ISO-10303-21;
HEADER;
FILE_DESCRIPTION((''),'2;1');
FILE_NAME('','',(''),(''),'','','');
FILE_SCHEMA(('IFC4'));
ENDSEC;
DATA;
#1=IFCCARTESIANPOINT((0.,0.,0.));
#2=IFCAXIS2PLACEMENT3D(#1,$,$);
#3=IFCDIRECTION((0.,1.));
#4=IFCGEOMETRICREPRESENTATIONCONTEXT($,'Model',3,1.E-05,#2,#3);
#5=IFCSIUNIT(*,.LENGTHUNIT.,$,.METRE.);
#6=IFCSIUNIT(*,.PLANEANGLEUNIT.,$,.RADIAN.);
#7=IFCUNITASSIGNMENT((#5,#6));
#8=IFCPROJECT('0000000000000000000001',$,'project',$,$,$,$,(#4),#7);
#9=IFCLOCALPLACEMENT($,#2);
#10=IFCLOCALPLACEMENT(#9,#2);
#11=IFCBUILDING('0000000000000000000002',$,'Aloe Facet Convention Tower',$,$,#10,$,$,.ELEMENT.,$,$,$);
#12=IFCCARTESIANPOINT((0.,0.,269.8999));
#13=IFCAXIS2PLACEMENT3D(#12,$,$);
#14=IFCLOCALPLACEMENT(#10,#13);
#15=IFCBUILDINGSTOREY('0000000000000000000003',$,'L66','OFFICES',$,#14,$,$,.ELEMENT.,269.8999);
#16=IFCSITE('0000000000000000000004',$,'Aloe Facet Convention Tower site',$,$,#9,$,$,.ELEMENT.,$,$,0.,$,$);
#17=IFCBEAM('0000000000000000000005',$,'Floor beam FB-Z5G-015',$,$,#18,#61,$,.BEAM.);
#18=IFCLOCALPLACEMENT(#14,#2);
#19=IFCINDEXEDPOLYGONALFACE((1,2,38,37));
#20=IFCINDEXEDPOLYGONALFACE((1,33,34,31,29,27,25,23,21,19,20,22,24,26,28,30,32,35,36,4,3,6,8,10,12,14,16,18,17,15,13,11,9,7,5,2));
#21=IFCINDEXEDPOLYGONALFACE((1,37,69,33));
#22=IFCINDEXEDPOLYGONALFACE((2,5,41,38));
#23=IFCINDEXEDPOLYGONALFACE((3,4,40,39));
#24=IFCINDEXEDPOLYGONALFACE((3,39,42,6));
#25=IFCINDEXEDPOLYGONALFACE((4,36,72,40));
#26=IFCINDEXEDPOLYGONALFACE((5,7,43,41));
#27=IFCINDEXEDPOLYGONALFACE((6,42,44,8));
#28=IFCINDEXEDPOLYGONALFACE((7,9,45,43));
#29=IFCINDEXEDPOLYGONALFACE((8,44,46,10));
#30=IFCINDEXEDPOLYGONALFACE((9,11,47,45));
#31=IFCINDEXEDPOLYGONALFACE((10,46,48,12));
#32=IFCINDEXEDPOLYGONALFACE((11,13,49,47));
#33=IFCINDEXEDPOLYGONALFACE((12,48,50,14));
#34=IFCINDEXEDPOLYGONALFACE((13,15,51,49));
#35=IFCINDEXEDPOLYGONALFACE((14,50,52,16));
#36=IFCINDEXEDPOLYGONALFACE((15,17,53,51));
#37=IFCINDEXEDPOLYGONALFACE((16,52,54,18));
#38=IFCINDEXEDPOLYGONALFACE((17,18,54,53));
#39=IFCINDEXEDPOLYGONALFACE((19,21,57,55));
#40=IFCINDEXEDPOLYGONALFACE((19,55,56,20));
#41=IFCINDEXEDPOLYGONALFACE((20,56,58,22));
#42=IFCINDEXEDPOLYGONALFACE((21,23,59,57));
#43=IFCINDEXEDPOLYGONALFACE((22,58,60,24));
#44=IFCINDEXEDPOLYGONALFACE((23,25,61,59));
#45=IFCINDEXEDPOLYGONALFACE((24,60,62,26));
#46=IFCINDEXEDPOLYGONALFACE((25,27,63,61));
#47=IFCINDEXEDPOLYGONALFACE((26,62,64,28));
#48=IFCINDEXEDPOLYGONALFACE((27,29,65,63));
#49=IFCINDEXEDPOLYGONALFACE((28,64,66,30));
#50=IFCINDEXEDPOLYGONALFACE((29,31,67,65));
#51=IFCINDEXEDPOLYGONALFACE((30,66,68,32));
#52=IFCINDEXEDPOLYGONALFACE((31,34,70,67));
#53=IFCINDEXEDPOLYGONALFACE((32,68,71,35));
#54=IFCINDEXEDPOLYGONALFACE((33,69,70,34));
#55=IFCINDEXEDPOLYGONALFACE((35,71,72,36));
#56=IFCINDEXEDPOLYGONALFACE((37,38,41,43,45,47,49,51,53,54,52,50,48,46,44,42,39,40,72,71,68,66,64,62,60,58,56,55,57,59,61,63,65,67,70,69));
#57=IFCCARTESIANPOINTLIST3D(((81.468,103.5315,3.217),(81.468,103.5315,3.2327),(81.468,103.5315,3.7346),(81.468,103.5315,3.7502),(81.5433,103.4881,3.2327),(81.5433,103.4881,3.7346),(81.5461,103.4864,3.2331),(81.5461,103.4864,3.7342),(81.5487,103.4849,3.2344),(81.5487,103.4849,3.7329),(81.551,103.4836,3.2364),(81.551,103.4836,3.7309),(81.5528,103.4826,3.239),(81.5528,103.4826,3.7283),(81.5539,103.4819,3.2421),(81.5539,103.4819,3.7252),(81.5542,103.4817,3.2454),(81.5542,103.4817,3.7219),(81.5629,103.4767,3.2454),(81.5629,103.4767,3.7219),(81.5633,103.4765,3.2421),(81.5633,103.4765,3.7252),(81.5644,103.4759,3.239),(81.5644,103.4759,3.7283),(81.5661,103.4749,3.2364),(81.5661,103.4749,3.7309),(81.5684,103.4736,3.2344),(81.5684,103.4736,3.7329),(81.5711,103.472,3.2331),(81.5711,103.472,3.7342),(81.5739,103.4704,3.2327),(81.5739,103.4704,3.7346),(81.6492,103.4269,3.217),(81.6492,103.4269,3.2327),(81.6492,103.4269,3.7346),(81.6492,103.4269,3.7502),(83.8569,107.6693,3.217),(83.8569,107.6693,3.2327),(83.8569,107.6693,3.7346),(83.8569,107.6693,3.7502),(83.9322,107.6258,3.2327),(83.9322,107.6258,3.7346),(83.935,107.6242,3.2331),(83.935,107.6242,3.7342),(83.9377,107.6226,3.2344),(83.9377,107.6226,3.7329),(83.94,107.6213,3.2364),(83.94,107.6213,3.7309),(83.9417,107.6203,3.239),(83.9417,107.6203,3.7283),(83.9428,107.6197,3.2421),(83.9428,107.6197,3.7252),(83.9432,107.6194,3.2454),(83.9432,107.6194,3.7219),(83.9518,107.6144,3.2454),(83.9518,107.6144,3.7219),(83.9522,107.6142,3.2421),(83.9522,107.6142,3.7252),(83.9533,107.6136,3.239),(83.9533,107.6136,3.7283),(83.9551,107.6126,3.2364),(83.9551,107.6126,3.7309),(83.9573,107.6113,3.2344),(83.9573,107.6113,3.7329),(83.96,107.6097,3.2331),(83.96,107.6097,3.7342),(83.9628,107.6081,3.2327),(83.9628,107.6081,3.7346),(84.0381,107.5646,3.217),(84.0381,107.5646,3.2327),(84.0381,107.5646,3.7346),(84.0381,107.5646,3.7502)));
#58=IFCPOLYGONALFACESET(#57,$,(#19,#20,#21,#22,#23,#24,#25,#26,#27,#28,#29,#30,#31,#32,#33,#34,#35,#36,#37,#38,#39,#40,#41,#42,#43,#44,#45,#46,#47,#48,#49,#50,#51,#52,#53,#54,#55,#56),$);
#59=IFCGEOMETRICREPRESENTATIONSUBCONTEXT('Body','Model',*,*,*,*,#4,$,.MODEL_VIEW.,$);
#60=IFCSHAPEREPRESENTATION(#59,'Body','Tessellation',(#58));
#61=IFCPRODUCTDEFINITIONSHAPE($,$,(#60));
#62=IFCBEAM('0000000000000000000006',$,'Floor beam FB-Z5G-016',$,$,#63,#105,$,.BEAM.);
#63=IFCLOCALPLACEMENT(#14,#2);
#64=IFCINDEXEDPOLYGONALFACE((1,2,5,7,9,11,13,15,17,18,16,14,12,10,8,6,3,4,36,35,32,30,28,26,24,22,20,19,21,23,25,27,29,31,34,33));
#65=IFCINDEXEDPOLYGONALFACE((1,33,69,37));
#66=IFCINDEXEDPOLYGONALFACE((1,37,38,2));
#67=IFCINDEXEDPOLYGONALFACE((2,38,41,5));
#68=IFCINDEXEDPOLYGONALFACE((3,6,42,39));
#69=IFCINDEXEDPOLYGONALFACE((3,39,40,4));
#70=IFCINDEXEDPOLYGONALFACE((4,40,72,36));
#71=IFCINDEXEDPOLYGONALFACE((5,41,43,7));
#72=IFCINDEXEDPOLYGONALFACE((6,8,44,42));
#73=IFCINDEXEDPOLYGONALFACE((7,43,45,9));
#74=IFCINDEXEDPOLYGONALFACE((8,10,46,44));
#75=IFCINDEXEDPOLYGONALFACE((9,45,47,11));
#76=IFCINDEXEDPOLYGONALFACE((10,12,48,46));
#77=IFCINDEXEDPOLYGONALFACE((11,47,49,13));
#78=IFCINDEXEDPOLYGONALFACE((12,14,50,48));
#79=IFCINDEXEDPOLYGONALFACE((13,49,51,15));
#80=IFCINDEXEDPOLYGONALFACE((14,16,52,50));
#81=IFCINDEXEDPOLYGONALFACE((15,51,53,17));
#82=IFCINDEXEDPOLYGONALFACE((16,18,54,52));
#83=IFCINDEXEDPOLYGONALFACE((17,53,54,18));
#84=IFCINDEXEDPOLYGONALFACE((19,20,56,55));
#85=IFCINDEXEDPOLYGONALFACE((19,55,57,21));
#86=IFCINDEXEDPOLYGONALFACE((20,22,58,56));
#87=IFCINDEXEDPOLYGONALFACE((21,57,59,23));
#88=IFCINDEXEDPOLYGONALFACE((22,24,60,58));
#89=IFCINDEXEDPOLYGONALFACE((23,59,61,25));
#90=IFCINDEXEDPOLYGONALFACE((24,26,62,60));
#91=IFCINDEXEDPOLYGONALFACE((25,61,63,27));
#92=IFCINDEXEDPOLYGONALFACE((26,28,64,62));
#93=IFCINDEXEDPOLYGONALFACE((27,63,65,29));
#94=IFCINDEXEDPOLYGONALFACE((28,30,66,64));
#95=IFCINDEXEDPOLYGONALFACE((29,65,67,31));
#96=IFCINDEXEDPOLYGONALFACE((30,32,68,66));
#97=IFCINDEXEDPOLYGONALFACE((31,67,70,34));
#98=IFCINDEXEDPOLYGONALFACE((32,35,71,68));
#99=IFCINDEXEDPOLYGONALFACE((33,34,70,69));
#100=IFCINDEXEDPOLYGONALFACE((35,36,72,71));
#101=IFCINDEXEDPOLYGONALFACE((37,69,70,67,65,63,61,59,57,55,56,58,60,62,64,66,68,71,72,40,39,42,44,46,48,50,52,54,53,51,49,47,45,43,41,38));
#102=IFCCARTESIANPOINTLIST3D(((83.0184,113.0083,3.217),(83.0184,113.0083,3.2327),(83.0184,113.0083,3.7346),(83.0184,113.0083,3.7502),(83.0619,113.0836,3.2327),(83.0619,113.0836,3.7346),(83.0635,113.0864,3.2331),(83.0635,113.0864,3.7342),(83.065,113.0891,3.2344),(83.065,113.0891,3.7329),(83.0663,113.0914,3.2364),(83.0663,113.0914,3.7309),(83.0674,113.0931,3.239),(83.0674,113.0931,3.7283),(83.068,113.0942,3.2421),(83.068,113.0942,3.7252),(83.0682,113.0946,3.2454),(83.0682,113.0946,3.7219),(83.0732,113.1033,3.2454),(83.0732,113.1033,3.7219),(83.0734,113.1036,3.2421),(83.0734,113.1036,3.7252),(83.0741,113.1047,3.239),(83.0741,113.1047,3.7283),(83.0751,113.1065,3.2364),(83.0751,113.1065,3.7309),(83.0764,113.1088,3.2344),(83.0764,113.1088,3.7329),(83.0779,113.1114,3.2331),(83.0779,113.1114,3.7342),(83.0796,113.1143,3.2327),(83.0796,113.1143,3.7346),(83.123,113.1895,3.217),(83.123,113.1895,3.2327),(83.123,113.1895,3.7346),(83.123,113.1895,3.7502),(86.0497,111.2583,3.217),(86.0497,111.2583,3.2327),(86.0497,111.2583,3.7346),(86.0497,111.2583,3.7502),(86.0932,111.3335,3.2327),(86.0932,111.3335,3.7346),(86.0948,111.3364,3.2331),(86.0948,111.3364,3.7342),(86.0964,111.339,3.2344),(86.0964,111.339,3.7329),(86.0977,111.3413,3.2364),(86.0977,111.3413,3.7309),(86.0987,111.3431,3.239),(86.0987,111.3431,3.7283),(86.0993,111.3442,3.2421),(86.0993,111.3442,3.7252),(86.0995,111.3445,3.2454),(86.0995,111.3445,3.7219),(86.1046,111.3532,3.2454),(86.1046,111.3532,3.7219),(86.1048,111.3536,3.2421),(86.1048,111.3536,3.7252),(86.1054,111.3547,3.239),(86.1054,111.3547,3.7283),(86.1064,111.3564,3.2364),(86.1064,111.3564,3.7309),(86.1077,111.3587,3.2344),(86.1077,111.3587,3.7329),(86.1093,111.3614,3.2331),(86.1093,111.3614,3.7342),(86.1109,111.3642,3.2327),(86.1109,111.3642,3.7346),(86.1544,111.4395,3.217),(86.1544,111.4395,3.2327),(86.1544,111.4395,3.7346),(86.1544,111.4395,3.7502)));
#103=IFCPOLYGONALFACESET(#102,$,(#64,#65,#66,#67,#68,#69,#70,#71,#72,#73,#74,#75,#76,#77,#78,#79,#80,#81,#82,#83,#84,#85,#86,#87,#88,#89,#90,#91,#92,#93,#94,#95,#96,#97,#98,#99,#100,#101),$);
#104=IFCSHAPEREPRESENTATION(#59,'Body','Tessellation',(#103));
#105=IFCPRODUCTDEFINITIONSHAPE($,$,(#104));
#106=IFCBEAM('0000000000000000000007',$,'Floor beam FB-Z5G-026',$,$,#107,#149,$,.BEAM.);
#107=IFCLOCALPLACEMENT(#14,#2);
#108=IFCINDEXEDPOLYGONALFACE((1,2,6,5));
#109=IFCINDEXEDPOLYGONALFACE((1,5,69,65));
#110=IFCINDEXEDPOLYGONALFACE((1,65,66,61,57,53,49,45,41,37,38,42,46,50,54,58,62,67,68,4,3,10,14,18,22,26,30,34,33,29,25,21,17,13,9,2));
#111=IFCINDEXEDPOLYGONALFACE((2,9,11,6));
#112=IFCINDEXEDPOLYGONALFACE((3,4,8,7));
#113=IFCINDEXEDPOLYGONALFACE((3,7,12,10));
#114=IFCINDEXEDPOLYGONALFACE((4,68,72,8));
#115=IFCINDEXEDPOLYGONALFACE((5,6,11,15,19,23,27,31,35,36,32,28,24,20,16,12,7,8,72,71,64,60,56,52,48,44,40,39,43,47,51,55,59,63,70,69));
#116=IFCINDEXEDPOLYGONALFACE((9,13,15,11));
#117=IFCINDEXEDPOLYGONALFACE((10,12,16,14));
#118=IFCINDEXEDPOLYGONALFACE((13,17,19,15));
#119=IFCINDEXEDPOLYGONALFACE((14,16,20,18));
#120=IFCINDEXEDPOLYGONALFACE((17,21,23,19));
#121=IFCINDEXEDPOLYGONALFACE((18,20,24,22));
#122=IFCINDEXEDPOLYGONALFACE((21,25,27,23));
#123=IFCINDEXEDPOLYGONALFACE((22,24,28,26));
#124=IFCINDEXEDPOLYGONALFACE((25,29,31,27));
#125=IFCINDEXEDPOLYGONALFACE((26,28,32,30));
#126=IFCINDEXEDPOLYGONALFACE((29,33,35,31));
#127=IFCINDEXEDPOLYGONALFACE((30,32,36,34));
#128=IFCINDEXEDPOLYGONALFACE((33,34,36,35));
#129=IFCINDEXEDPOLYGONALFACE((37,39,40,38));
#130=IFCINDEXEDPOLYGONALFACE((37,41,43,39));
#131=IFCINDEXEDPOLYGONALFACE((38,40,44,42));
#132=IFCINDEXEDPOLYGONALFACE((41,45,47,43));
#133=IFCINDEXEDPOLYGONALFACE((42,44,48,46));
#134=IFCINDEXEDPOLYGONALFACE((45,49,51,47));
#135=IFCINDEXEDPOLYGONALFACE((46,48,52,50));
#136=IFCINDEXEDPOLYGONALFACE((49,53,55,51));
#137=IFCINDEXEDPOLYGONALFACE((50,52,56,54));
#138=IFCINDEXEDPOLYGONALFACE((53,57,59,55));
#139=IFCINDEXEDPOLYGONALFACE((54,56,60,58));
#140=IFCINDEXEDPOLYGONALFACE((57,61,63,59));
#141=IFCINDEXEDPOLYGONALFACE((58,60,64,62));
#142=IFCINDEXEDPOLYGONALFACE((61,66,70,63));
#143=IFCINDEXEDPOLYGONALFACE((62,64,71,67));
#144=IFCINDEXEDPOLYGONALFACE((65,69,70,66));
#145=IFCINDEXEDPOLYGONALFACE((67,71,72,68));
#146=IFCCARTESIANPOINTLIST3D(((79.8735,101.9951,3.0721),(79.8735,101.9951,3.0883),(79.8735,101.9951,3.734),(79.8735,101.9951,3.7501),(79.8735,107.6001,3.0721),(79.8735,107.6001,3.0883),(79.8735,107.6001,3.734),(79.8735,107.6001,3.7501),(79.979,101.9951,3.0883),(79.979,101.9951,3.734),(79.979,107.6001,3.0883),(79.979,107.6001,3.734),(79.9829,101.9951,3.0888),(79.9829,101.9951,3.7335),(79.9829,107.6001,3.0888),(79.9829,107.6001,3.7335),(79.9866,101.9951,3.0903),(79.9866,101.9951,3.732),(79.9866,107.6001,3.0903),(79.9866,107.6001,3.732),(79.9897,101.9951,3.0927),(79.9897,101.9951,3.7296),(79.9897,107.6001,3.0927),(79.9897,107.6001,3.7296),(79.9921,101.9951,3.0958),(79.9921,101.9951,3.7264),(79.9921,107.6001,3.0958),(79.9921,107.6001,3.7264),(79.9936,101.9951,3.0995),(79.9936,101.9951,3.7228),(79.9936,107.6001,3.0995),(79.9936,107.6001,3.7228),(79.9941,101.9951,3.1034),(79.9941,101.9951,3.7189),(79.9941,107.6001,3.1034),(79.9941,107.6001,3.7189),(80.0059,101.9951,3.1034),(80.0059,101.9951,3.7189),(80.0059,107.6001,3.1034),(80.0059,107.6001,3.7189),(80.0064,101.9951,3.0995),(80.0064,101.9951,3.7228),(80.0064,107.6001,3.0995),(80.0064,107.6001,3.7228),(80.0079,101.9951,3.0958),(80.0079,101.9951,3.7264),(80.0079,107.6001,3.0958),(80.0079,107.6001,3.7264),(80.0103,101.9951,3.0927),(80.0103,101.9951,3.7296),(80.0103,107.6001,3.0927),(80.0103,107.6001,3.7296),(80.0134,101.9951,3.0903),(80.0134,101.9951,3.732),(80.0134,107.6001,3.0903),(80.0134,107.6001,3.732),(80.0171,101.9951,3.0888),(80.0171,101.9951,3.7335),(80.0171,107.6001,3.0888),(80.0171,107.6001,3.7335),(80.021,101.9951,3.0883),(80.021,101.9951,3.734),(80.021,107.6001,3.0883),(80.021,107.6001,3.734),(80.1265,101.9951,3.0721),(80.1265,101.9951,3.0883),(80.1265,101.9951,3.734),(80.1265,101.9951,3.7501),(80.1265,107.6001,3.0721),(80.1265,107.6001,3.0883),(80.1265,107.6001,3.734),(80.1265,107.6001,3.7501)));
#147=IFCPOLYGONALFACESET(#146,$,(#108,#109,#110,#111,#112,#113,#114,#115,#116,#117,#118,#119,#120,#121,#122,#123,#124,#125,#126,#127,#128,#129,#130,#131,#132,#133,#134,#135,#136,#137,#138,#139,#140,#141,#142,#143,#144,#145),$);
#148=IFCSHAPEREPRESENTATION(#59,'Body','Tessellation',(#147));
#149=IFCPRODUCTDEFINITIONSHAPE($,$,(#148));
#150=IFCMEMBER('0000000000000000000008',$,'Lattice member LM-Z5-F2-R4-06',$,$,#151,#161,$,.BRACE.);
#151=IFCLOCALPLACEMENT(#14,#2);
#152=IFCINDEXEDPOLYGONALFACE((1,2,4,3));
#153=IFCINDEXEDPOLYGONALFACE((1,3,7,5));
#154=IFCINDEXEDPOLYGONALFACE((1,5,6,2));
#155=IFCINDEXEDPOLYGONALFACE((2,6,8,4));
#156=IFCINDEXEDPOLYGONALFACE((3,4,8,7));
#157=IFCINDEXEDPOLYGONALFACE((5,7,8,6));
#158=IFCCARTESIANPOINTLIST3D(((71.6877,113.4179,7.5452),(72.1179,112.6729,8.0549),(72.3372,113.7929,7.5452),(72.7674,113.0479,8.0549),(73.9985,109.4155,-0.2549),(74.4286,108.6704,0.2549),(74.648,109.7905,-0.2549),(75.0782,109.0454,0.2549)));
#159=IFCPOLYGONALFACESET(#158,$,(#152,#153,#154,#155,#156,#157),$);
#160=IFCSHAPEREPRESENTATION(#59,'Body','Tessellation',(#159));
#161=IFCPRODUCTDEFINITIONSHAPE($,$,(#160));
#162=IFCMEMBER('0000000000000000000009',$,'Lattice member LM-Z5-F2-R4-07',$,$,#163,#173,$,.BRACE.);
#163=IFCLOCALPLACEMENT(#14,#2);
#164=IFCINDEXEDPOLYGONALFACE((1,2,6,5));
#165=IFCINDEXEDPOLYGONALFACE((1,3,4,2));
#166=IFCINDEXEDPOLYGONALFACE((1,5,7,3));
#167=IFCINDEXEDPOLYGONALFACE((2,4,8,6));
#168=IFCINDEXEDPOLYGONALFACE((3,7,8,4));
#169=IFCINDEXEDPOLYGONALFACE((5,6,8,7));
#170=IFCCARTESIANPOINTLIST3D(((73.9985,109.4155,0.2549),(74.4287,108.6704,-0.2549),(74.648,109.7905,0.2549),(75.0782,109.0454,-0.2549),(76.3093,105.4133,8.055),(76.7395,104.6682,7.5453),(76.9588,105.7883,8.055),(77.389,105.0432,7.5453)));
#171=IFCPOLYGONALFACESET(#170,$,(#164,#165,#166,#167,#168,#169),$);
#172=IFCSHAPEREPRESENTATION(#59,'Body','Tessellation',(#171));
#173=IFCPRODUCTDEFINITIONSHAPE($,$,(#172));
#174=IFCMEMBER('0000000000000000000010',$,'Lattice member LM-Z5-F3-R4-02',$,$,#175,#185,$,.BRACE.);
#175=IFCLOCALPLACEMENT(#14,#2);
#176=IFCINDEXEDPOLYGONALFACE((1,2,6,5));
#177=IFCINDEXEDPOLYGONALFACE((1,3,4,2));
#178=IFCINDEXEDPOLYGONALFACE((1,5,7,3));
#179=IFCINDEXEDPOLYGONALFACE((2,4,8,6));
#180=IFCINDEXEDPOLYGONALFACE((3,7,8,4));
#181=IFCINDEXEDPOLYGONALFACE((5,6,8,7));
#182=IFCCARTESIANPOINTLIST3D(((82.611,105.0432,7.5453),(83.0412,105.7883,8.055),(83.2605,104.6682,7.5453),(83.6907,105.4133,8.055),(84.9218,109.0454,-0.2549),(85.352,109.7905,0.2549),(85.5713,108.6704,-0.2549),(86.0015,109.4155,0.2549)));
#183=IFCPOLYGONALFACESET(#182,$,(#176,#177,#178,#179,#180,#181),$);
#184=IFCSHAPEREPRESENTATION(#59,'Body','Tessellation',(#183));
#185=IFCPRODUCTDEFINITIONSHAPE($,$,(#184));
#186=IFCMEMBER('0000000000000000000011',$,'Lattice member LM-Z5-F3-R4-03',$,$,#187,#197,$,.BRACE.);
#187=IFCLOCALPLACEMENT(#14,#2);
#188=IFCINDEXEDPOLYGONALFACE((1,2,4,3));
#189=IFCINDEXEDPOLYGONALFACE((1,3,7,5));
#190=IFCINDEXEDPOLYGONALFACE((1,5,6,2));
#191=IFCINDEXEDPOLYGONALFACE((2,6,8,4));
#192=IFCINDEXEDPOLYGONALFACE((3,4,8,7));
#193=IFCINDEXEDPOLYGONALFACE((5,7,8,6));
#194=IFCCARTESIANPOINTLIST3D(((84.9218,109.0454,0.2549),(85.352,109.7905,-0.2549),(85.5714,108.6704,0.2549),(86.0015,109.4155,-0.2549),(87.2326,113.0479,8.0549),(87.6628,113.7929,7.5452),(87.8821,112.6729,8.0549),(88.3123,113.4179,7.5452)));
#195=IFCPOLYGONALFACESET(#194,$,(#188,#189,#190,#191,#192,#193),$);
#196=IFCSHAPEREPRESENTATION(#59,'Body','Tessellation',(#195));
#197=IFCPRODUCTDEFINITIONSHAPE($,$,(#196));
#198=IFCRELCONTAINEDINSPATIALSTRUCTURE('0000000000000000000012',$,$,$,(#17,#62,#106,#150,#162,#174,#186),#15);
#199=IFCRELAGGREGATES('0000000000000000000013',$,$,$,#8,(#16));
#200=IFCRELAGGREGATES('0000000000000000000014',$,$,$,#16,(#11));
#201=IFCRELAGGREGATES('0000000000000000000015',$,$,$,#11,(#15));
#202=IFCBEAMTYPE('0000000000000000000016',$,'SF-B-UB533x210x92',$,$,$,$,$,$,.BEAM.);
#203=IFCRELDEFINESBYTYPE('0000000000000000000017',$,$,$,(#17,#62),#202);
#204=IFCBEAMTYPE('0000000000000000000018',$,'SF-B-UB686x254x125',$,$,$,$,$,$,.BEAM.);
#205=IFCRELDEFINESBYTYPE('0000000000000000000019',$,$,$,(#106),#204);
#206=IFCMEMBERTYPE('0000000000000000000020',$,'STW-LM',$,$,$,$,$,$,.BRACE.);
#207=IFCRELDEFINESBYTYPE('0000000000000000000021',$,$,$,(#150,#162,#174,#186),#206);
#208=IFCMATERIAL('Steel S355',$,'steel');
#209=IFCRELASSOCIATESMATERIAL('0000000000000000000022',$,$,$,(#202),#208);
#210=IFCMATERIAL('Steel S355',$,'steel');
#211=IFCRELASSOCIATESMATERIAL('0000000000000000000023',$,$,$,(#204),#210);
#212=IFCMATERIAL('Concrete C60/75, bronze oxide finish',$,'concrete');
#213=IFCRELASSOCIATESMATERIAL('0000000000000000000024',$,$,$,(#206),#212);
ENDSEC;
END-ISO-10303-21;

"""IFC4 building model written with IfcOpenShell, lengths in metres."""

from ifc_helpers import new_model, si_unit, direction, frame, origin, origin_2d, place, context, subcontext, project, spatial, rectangle, i_section, extrude, material, material_profile, profile_set, type_object, element, save


model = new_model("IFC4")

# Units and contexts
model_context = context("Model", 3, precision=1e-05, world=origin(), true_north=direction((0.0, 1.0)))
body_context = subcontext(model_context, "Body", "Model", "MODEL_VIEW")
ifc_project = project(units=[si_unit("LENGTHUNIT", "METRE"), si_unit("PLANEANGLEUNIT", "RADIAN")], contexts=[model_context])

# Site, building, storey
site_placement = place(None, origin())
site = spatial("IfcSite", under=ifc_project, at=site_placement, Name="Aloe Facet Convention Tower site", CompositionType="ELEMENT", RefElevation=0.0)
building_placement = place(site_placement, origin())
building = spatial("IfcBuilding", under=site, at=building_placement, Name="Aloe Facet Convention Tower", CompositionType="ELEMENT")
storey_placement = place(building_placement, frame((0.0, 0.0, 269.8999)))
storey = spatial("IfcBuildingStorey", under=building, at=storey_placement, Name="L66", Description="OFFICES", CompositionType="ELEMENT", Elevation=269.8999)

# Beams
ifc_material_1 = material(Name="Steel S355", Category="steel")
ifc_material_profile_1 = material_profile(ifc_material_1, i_section(OverallWidth=0.2092, OverallDepth=0.5332, WebThickness=0.01, FlangeThickness=0.0156, FilletRadius=0.0127, at=origin_2d()), Name="UB 533x210x92")
ifc_profile_set_1 = profile_set([ifc_material_profile_1], Name="Steel S355")
beam_type_1 = type_object("IfcBeamType", Name="SF-B-UB533x210x92", PredefinedType="BEAM", material=ifc_profile_set_1)
beam_1_placement = place(storey_placement, frame((83.9475, 107.6169, 3.4836), z_axis=(-0.500003, -0.866024, 0.0), x_axis=(0.866024, -0.500003, 0.0)))
element("IfcBeam", 1, at=beam_1_placement, inside=storey, type_object=beam_type_1, Name="Floor beam FB-Z5G-015", PredefinedType="BEAM", context=body_context, shape_type="SweptSolid", body=[
    extrude(i_section(OverallWidth=0.2092, OverallDepth=0.5332, WebThickness=0.01, FlangeThickness=0.0156, FilletRadius=0.0127, at=origin_2d()), origin(), (0.0, 0.0, 1.0), 4.7778),
])
beam_2_placement = place(storey_placement, frame((86.1021, 111.3489, 3.4836), z_axis=(-0.866037, 0.49998, 0.0), x_axis=(-0.49998, -0.866037, 0.0)))
element("IfcBeam", 2, at=beam_2_placement, inside=storey, type_object=beam_type_1, Name="Floor beam FB-Z5G-016", PredefinedType="BEAM", context=body_context, shape_type="SweptSolid", body=[
    extrude(i_section(OverallWidth=0.2092, OverallDepth=0.5332, WebThickness=0.01, FlangeThickness=0.0156, FilletRadius=0.0127, at=origin_2d()), origin(), (0.0, 0.0, 1.0), 3.5002),
])
ifc_material_2 = material(Name="Steel S355", Category="steel")
ifc_material_profile_2 = material_profile(ifc_material_2, i_section(OverallWidth=0.2529, OverallDepth=0.678, WebThickness=0.0117, FlangeThickness=0.0161, FilletRadius=0.0151, at=origin_2d()), Name="UB 686x254x125")
ifc_profile_set_2 = profile_set([ifc_material_profile_2], Name="Steel S355")
beam_type_2 = type_object("IfcBeamType", Name="SF-B-UB686x254x125", PredefinedType="BEAM", material=ifc_profile_set_2)
beam_3_placement = place(storey_placement, frame((80.0, 107.6001, 3.4111), z_axis=(0.0, -1.0, 0.0), x_axis=(1.0, 0.0, 0.0)))
element("IfcBeam", 3, at=beam_3_placement, inside=storey, type_object=beam_type_2, Name="Floor beam FB-Z5G-026", PredefinedType="BEAM", context=body_context, shape_type="SweptSolid", body=[
    extrude(i_section(OverallWidth=0.2529, OverallDepth=0.678, WebThickness=0.0117, FlangeThickness=0.0161, FilletRadius=0.0151, at=origin_2d()), origin(), (0.0, 0.0, 1.0), 5.605),
])

# Members
ifc_material_3 = material(Name="Concrete C60/75, bronze oxide finish", Category="concrete")
ifc_material_profile_3 = material_profile(ifc_material_3, rectangle(XDim=0.75, YDim=1.0, at=origin_2d()), Name="STW-LM")
ifc_profile_set_3 = profile_set([ifc_material_profile_3], Name="Concrete C60/75, bronze oxide finish")
member_type = type_object("IfcMemberType", Name="STW-LM", PredefinedType="BRACE", material=ifc_profile_set_3)
for number, where, z_axis, x_axis, name in (
    (4, (74.5383, 109.2305, 0.0), (-0.254873, 0.441458, 0.860322), (-0.866027, -0.499997, 0.0), "Lattice member LM-Z5-F2-R4-06"),
    (5, (74.5383, 109.2305, 0.0), (0.254876, -0.441436, 0.860333), (0.866014, 0.50002, 0.0), "Lattice member LM-Z5-F2-R4-07"),
    (6, (85.4617, 109.2305, 0.0), (-0.254876, -0.441436, 0.860333), (0.866014, -0.50002, 0.0), "Lattice member LM-Z5-F3-R4-02"),
    (7, (85.4617, 109.2305, 0.0), (0.254873, 0.441458, 0.860322), (-0.866027, 0.499997, 0.0), "Lattice member LM-Z5-F3-R4-03"),
):
    element("IfcMember", number, at=place(storey_placement, frame(where, z_axis=z_axis, x_axis=x_axis)), inside=storey, type_object=member_type, Name=name, PredefinedType="BRACE", context=body_context, shape_type="SweptSolid", body=[
        extrude(rectangle(XDim=0.75, YDim=1.0, at=origin_2d()), origin(), (0.0, 0.0, 1.0), 9.0664),
    ])

save(model, "model.ifc")
